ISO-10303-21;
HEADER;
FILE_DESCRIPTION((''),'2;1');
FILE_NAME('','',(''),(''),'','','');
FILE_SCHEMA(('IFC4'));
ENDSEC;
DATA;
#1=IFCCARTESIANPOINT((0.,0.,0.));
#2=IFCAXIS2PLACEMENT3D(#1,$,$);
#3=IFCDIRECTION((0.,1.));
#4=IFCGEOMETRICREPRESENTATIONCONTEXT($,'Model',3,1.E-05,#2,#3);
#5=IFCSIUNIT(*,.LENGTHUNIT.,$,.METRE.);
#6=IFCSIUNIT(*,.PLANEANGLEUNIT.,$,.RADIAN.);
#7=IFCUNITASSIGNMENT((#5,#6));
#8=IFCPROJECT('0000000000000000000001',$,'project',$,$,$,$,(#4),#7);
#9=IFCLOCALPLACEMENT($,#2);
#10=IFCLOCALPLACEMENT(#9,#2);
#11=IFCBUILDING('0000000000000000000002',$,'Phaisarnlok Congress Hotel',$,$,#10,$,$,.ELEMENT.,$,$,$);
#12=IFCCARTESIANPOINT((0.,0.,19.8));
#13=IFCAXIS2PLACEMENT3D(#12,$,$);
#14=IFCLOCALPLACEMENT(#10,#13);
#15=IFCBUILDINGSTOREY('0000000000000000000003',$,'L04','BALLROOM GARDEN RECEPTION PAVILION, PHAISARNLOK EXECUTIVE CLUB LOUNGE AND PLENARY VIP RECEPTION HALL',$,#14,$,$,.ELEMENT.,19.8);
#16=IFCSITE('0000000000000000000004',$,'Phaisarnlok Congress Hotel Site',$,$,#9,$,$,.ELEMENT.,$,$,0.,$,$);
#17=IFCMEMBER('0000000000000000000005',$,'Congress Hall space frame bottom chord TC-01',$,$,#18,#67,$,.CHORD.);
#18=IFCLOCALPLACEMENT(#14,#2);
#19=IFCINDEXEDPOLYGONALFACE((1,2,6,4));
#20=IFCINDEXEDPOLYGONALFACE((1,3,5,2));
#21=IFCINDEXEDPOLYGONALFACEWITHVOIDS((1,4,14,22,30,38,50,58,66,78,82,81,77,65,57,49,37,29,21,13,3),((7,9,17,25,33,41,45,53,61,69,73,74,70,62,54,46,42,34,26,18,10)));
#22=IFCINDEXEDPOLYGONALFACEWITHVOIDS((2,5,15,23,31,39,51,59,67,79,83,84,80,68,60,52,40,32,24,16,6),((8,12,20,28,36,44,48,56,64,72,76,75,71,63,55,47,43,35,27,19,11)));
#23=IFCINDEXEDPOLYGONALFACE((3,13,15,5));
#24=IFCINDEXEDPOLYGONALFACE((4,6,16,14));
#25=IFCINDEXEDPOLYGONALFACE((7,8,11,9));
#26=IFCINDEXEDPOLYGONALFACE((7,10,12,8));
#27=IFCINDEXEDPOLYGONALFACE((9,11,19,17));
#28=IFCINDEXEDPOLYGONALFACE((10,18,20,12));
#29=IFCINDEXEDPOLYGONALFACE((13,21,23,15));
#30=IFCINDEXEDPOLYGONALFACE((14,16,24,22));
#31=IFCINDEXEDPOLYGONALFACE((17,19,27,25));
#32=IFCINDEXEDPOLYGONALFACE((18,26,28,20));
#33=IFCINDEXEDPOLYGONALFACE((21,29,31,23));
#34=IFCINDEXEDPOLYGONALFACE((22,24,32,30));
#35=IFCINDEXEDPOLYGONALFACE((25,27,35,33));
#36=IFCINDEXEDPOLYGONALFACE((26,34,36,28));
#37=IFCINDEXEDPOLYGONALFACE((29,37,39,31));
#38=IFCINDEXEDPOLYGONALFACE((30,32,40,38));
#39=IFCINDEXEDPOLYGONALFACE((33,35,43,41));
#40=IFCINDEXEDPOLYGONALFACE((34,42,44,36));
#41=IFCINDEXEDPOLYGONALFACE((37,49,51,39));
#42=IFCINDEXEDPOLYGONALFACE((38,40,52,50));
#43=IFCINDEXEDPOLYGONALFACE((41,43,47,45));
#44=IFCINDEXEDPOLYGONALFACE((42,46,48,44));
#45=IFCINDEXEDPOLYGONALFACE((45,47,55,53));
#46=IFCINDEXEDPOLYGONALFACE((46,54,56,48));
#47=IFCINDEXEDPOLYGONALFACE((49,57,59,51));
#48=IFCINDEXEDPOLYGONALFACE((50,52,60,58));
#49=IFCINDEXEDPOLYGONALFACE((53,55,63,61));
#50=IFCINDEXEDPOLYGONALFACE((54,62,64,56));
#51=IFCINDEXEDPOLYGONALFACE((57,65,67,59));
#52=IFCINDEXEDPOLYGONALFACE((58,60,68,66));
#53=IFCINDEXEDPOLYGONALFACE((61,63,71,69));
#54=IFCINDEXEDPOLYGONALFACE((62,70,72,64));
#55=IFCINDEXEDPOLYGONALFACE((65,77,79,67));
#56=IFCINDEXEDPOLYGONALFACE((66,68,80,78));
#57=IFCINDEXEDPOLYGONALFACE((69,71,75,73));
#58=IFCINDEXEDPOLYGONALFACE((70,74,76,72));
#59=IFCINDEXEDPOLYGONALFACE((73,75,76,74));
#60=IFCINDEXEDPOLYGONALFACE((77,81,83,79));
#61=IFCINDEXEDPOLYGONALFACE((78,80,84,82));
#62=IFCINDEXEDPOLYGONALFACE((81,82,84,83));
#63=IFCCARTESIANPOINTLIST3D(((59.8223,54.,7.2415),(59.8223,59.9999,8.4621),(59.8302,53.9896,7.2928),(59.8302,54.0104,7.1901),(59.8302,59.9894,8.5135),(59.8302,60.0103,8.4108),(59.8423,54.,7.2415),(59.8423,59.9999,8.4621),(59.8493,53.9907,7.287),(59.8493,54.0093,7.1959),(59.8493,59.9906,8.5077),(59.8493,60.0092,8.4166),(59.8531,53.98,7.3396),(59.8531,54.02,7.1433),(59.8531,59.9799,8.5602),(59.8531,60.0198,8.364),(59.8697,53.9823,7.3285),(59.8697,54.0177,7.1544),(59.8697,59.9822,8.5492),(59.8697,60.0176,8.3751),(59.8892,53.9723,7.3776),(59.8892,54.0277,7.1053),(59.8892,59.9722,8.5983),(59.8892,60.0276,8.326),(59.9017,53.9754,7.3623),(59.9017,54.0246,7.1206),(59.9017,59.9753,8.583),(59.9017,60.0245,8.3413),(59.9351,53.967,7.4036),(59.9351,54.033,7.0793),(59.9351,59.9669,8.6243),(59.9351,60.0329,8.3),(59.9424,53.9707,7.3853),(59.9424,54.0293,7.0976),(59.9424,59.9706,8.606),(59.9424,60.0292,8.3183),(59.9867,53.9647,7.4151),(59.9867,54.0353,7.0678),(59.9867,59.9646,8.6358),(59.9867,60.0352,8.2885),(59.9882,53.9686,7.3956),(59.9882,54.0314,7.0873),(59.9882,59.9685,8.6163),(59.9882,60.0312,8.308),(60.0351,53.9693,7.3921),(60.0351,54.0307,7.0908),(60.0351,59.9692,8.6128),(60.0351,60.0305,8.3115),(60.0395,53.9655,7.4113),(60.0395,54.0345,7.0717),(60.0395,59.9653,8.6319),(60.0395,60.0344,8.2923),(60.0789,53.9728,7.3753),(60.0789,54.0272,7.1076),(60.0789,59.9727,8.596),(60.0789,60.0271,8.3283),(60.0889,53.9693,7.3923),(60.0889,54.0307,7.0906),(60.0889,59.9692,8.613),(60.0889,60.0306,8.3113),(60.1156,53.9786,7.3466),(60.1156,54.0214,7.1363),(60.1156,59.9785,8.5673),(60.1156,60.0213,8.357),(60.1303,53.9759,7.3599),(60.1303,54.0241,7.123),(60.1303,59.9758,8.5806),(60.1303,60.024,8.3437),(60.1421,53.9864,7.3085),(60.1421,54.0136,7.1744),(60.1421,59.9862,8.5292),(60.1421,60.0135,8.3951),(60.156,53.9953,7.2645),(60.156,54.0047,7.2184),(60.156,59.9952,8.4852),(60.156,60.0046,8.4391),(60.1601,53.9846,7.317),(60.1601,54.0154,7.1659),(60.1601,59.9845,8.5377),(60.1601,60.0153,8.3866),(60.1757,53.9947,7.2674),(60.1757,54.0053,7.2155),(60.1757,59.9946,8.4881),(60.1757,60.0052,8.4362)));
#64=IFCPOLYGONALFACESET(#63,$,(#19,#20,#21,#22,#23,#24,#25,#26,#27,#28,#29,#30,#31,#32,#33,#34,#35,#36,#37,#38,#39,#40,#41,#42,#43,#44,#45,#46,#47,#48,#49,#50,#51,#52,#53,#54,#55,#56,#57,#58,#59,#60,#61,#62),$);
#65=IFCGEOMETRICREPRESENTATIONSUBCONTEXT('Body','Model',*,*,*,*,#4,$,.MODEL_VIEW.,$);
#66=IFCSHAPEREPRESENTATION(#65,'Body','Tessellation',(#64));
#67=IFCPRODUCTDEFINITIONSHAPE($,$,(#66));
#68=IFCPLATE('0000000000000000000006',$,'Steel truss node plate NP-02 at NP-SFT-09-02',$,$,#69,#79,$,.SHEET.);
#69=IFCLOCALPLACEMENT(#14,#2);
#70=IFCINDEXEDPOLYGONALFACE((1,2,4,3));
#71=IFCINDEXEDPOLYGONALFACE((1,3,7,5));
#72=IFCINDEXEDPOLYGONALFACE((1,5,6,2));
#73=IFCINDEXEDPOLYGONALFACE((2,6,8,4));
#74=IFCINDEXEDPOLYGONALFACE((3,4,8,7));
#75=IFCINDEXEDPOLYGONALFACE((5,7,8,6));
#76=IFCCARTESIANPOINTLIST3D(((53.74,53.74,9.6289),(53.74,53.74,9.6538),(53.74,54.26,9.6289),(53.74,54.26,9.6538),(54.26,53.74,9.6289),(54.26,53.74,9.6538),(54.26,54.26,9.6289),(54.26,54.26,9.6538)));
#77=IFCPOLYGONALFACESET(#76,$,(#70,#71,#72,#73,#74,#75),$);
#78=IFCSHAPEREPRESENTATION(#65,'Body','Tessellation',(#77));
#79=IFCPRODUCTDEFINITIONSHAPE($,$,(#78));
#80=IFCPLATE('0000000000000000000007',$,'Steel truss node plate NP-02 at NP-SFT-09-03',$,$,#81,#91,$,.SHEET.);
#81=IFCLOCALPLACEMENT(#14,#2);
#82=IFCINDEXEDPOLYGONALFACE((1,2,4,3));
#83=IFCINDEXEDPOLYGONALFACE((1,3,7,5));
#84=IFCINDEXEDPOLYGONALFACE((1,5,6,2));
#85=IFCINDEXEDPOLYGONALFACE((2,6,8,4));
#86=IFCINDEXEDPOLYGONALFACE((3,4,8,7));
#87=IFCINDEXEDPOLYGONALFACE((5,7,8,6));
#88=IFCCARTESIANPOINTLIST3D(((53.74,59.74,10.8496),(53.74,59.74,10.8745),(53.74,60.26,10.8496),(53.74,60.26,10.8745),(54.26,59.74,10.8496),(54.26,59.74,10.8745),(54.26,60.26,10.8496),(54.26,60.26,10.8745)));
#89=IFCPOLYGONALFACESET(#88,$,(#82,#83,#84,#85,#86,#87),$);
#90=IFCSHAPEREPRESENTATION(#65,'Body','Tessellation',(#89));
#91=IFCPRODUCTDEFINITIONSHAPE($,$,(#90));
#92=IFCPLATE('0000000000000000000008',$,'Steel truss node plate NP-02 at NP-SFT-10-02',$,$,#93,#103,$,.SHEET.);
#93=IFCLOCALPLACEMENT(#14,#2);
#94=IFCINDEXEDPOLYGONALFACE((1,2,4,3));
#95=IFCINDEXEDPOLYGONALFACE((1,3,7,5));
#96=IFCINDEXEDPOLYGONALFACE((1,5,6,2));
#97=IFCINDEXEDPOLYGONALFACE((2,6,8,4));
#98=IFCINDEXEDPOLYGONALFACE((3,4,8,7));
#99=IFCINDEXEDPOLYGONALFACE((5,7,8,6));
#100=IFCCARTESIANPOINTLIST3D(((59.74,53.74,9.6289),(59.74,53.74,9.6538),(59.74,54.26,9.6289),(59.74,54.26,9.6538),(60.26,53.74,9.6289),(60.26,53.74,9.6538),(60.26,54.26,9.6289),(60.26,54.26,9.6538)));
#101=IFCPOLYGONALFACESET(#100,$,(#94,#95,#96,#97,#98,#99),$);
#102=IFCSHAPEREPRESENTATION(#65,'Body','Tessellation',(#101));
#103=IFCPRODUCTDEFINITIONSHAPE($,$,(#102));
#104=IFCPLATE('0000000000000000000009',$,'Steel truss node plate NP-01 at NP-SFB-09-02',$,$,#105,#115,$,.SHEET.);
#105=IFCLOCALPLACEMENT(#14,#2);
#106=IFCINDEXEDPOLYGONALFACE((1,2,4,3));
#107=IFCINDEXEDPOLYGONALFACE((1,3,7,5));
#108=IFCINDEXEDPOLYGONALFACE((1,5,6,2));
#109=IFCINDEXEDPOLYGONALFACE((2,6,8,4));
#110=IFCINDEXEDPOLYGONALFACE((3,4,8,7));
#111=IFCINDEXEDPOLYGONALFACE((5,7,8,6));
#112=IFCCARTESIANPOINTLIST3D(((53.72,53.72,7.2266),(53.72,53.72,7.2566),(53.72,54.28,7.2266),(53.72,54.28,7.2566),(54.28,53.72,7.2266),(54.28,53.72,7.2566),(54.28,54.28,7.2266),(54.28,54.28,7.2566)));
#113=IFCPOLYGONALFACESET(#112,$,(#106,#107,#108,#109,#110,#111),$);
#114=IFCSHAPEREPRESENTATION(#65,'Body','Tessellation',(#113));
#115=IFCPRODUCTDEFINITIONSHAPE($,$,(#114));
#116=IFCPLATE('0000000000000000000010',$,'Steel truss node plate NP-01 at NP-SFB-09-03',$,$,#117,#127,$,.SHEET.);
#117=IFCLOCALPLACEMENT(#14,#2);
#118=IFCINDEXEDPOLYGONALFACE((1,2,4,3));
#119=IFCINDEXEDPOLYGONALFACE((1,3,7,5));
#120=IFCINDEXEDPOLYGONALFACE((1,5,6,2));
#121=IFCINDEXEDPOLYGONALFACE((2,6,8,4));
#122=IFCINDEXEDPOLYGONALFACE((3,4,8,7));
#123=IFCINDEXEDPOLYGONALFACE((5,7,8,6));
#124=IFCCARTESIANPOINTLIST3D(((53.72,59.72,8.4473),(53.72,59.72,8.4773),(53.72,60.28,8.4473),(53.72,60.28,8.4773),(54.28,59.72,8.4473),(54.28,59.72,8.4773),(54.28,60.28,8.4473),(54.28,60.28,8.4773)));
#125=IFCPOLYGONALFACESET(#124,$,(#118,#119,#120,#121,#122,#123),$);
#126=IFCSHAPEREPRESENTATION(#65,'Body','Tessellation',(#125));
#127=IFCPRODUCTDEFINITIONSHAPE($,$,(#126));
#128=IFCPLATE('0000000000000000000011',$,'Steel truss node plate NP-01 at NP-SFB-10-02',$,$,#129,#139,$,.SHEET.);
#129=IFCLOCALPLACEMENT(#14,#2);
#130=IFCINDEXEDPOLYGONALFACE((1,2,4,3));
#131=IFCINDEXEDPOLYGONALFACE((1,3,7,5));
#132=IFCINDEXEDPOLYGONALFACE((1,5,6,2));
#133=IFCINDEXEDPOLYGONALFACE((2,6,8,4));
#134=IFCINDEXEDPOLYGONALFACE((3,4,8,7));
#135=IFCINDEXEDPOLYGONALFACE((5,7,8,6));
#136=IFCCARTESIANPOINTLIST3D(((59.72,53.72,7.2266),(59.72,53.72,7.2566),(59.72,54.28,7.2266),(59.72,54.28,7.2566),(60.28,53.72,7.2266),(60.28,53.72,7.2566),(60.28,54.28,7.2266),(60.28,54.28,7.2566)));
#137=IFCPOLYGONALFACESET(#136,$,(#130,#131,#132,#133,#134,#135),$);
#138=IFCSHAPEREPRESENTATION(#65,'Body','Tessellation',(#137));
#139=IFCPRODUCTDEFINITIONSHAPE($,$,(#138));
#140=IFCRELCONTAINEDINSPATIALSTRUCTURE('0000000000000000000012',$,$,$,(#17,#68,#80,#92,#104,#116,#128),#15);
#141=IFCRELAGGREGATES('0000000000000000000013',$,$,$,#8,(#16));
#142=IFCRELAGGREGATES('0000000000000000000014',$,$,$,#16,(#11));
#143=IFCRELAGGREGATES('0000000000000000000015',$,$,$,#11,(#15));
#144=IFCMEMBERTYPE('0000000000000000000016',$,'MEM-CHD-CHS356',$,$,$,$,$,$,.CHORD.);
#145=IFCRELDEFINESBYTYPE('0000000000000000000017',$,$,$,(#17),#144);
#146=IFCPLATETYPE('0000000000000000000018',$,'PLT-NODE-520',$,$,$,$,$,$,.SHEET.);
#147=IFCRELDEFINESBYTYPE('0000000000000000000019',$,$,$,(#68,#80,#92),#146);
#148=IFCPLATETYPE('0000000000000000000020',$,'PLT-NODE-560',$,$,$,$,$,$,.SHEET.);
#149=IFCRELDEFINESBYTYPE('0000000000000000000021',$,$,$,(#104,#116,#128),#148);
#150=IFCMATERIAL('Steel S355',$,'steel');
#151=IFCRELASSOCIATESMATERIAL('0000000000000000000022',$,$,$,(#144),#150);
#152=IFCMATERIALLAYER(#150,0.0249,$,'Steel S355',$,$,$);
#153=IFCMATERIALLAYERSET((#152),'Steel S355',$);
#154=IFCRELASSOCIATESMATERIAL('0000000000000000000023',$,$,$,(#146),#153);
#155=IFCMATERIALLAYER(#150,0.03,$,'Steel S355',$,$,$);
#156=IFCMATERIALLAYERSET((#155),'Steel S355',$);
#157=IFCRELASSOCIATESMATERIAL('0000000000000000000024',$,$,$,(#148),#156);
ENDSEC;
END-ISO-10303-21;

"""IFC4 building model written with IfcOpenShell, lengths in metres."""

from ifc_helpers import new_model, si_unit, direction, frame, origin, origin_2d, place, context, subcontext, project, spatial, rectangle, hollow_circle, extrude, material, layer, layer_set, material_profile, profile_set, type_object, element, save


model = new_model("IFC4")

# Units and contexts
model_context = context("Model", 3, precision=1e-05, world=origin(), true_north=direction((0.0, 1.0)))
body_context = subcontext(model_context, "Body", "Model", "MODEL_VIEW")
ifc_project = project(units=[si_unit("LENGTHUNIT", "METRE"), si_unit("PLANEANGLEUNIT", "RADIAN")], contexts=[model_context])

# Site, building, storey
site_placement = place(None, origin())
site = spatial("IfcSite", under=ifc_project, at=site_placement, Name="Phaisarnlok Congress Hotel Site", CompositionType="ELEMENT", RefElevation=0.0)
building_placement = place(site_placement, origin())
building = spatial("IfcBuilding", under=site, at=building_placement, Name="Phaisarnlok Congress Hotel", CompositionType="ELEMENT")
storey_placement = place(building_placement, frame((0.0, 0.0, 19.8)))
storey = spatial("IfcBuildingStorey", under=building, at=storey_placement, Name="L04", Description="BALLROOM GARDEN RECEPTION PAVILION, PHAISARNLOK EXECUTIVE CLUB LOUNGE AND PLENARY VIP RECEPTION HALL", CompositionType="ELEMENT", Elevation=19.8)

# Member
ifc_material = material(Name="Steel S355", Category="steel")
ifc_material_profile_1 = material_profile(ifc_material, hollow_circle(Radius=0.1777, WallThickness=0.02, at=origin_2d()), Name="CHS 355.6x20")
ifc_profile_set_1 = profile_set([ifc_material_profile_1], Name="Steel S355")
member_type_1 = type_object("IfcMemberType", Name="MEM-CHD-CHS356", PredefinedType="CHORD", material=ifc_profile_set_1)
member_1_placement = place(storey_placement, frame((60.0, 54.0, 7.2415), z_axis=(0.0, 0.979925, 0.199366), x_axis=(-1.0, 0.0, 0.0)))
element("IfcMember", 1, at=member_1_placement, inside=storey, type_object=member_type_1, Name="Congress Hall space frame bottom chord TC-01", PredefinedType="CHORD", context=body_context, shape_type="SweptSolid", body=[
    extrude(hollow_circle(Radius=0.1777, WallThickness=0.02, at=origin_2d()), origin(), (0.0, 0.0, 1.0), 6.1228),
])

# Plates
ifc_layer_1 = layer(ifc_material, 0.0249, Name="Steel S355")
ifc_layer_set_1 = layer_set([ifc_layer_1], Name="Steel S355")
plate_type_1 = type_object("IfcPlateType", Name="PLT-NODE-520", PredefinedType="SHEET", material=ifc_layer_set_1)
for number, where, z_axis, x_axis, name in (
    (2, (54.0, 54.0, 9.6289), (0.0, 0.0, 1.0), (1.0, 0.0, 0.0), "Steel truss node plate NP-02 at NP-SFT-09-02"),
    (3, (54.0, 60.0, 10.8496), (0.0, 0.0, 1.0), (1.0, 0.0, 0.0), "Steel truss node plate NP-02 at NP-SFT-09-03"),
    (4, (60.0, 54.0, 9.6289), (0.0, 0.0, 1.0), (1.0, 0.0, 0.0), "Steel truss node plate NP-02 at NP-SFT-10-02"),
):
    element("IfcPlate", number, at=place(storey_placement, frame(where, z_axis=z_axis, x_axis=x_axis)), inside=storey, type_object=plate_type_1, Name=name, PredefinedType="SHEET", context=body_context, shape_type="SweptSolid", body=[
        extrude(rectangle(XDim=0.52, YDim=0.52, at=origin_2d()), origin(), (0.0, 0.0, 1.0), 0.0249),
    ])
ifc_layer_2 = layer(ifc_material, 0.03, Name="Steel S355")
ifc_layer_set_2 = layer_set([ifc_layer_2], Name="Steel S355")
plate_type_2 = type_object("IfcPlateType", Name="PLT-NODE-560", PredefinedType="SHEET", material=ifc_layer_set_2)
for number, where, z_axis, x_axis, name in (
    (5, (54.0, 54.0, 7.2266), (0.0, 0.0, 1.0), (1.0, 0.0, 0.0), "Steel truss node plate NP-01 at NP-SFB-09-02"),
    (6, (54.0, 60.0, 8.4473), (0.0, 0.0, 1.0), (1.0, 0.0, 0.0), "Steel truss node plate NP-01 at NP-SFB-09-03"),
    (7, (60.0, 54.0, 7.2266), (0.0, 0.0, 1.0), (1.0, 0.0, 0.0), "Steel truss node plate NP-01 at NP-SFB-10-02"),
):
    element("IfcPlate", number, at=place(storey_placement, frame(where, z_axis=z_axis, x_axis=x_axis)), inside=storey, type_object=plate_type_2, Name=name, PredefinedType="SHEET", context=body_context, shape_type="SweptSolid", body=[
        extrude(rectangle(XDim=0.5601, YDim=0.5601, at=origin_2d()), origin(), (0.0, 0.0, 1.0), 0.03),
    ])

save(model, "model.ifc")
